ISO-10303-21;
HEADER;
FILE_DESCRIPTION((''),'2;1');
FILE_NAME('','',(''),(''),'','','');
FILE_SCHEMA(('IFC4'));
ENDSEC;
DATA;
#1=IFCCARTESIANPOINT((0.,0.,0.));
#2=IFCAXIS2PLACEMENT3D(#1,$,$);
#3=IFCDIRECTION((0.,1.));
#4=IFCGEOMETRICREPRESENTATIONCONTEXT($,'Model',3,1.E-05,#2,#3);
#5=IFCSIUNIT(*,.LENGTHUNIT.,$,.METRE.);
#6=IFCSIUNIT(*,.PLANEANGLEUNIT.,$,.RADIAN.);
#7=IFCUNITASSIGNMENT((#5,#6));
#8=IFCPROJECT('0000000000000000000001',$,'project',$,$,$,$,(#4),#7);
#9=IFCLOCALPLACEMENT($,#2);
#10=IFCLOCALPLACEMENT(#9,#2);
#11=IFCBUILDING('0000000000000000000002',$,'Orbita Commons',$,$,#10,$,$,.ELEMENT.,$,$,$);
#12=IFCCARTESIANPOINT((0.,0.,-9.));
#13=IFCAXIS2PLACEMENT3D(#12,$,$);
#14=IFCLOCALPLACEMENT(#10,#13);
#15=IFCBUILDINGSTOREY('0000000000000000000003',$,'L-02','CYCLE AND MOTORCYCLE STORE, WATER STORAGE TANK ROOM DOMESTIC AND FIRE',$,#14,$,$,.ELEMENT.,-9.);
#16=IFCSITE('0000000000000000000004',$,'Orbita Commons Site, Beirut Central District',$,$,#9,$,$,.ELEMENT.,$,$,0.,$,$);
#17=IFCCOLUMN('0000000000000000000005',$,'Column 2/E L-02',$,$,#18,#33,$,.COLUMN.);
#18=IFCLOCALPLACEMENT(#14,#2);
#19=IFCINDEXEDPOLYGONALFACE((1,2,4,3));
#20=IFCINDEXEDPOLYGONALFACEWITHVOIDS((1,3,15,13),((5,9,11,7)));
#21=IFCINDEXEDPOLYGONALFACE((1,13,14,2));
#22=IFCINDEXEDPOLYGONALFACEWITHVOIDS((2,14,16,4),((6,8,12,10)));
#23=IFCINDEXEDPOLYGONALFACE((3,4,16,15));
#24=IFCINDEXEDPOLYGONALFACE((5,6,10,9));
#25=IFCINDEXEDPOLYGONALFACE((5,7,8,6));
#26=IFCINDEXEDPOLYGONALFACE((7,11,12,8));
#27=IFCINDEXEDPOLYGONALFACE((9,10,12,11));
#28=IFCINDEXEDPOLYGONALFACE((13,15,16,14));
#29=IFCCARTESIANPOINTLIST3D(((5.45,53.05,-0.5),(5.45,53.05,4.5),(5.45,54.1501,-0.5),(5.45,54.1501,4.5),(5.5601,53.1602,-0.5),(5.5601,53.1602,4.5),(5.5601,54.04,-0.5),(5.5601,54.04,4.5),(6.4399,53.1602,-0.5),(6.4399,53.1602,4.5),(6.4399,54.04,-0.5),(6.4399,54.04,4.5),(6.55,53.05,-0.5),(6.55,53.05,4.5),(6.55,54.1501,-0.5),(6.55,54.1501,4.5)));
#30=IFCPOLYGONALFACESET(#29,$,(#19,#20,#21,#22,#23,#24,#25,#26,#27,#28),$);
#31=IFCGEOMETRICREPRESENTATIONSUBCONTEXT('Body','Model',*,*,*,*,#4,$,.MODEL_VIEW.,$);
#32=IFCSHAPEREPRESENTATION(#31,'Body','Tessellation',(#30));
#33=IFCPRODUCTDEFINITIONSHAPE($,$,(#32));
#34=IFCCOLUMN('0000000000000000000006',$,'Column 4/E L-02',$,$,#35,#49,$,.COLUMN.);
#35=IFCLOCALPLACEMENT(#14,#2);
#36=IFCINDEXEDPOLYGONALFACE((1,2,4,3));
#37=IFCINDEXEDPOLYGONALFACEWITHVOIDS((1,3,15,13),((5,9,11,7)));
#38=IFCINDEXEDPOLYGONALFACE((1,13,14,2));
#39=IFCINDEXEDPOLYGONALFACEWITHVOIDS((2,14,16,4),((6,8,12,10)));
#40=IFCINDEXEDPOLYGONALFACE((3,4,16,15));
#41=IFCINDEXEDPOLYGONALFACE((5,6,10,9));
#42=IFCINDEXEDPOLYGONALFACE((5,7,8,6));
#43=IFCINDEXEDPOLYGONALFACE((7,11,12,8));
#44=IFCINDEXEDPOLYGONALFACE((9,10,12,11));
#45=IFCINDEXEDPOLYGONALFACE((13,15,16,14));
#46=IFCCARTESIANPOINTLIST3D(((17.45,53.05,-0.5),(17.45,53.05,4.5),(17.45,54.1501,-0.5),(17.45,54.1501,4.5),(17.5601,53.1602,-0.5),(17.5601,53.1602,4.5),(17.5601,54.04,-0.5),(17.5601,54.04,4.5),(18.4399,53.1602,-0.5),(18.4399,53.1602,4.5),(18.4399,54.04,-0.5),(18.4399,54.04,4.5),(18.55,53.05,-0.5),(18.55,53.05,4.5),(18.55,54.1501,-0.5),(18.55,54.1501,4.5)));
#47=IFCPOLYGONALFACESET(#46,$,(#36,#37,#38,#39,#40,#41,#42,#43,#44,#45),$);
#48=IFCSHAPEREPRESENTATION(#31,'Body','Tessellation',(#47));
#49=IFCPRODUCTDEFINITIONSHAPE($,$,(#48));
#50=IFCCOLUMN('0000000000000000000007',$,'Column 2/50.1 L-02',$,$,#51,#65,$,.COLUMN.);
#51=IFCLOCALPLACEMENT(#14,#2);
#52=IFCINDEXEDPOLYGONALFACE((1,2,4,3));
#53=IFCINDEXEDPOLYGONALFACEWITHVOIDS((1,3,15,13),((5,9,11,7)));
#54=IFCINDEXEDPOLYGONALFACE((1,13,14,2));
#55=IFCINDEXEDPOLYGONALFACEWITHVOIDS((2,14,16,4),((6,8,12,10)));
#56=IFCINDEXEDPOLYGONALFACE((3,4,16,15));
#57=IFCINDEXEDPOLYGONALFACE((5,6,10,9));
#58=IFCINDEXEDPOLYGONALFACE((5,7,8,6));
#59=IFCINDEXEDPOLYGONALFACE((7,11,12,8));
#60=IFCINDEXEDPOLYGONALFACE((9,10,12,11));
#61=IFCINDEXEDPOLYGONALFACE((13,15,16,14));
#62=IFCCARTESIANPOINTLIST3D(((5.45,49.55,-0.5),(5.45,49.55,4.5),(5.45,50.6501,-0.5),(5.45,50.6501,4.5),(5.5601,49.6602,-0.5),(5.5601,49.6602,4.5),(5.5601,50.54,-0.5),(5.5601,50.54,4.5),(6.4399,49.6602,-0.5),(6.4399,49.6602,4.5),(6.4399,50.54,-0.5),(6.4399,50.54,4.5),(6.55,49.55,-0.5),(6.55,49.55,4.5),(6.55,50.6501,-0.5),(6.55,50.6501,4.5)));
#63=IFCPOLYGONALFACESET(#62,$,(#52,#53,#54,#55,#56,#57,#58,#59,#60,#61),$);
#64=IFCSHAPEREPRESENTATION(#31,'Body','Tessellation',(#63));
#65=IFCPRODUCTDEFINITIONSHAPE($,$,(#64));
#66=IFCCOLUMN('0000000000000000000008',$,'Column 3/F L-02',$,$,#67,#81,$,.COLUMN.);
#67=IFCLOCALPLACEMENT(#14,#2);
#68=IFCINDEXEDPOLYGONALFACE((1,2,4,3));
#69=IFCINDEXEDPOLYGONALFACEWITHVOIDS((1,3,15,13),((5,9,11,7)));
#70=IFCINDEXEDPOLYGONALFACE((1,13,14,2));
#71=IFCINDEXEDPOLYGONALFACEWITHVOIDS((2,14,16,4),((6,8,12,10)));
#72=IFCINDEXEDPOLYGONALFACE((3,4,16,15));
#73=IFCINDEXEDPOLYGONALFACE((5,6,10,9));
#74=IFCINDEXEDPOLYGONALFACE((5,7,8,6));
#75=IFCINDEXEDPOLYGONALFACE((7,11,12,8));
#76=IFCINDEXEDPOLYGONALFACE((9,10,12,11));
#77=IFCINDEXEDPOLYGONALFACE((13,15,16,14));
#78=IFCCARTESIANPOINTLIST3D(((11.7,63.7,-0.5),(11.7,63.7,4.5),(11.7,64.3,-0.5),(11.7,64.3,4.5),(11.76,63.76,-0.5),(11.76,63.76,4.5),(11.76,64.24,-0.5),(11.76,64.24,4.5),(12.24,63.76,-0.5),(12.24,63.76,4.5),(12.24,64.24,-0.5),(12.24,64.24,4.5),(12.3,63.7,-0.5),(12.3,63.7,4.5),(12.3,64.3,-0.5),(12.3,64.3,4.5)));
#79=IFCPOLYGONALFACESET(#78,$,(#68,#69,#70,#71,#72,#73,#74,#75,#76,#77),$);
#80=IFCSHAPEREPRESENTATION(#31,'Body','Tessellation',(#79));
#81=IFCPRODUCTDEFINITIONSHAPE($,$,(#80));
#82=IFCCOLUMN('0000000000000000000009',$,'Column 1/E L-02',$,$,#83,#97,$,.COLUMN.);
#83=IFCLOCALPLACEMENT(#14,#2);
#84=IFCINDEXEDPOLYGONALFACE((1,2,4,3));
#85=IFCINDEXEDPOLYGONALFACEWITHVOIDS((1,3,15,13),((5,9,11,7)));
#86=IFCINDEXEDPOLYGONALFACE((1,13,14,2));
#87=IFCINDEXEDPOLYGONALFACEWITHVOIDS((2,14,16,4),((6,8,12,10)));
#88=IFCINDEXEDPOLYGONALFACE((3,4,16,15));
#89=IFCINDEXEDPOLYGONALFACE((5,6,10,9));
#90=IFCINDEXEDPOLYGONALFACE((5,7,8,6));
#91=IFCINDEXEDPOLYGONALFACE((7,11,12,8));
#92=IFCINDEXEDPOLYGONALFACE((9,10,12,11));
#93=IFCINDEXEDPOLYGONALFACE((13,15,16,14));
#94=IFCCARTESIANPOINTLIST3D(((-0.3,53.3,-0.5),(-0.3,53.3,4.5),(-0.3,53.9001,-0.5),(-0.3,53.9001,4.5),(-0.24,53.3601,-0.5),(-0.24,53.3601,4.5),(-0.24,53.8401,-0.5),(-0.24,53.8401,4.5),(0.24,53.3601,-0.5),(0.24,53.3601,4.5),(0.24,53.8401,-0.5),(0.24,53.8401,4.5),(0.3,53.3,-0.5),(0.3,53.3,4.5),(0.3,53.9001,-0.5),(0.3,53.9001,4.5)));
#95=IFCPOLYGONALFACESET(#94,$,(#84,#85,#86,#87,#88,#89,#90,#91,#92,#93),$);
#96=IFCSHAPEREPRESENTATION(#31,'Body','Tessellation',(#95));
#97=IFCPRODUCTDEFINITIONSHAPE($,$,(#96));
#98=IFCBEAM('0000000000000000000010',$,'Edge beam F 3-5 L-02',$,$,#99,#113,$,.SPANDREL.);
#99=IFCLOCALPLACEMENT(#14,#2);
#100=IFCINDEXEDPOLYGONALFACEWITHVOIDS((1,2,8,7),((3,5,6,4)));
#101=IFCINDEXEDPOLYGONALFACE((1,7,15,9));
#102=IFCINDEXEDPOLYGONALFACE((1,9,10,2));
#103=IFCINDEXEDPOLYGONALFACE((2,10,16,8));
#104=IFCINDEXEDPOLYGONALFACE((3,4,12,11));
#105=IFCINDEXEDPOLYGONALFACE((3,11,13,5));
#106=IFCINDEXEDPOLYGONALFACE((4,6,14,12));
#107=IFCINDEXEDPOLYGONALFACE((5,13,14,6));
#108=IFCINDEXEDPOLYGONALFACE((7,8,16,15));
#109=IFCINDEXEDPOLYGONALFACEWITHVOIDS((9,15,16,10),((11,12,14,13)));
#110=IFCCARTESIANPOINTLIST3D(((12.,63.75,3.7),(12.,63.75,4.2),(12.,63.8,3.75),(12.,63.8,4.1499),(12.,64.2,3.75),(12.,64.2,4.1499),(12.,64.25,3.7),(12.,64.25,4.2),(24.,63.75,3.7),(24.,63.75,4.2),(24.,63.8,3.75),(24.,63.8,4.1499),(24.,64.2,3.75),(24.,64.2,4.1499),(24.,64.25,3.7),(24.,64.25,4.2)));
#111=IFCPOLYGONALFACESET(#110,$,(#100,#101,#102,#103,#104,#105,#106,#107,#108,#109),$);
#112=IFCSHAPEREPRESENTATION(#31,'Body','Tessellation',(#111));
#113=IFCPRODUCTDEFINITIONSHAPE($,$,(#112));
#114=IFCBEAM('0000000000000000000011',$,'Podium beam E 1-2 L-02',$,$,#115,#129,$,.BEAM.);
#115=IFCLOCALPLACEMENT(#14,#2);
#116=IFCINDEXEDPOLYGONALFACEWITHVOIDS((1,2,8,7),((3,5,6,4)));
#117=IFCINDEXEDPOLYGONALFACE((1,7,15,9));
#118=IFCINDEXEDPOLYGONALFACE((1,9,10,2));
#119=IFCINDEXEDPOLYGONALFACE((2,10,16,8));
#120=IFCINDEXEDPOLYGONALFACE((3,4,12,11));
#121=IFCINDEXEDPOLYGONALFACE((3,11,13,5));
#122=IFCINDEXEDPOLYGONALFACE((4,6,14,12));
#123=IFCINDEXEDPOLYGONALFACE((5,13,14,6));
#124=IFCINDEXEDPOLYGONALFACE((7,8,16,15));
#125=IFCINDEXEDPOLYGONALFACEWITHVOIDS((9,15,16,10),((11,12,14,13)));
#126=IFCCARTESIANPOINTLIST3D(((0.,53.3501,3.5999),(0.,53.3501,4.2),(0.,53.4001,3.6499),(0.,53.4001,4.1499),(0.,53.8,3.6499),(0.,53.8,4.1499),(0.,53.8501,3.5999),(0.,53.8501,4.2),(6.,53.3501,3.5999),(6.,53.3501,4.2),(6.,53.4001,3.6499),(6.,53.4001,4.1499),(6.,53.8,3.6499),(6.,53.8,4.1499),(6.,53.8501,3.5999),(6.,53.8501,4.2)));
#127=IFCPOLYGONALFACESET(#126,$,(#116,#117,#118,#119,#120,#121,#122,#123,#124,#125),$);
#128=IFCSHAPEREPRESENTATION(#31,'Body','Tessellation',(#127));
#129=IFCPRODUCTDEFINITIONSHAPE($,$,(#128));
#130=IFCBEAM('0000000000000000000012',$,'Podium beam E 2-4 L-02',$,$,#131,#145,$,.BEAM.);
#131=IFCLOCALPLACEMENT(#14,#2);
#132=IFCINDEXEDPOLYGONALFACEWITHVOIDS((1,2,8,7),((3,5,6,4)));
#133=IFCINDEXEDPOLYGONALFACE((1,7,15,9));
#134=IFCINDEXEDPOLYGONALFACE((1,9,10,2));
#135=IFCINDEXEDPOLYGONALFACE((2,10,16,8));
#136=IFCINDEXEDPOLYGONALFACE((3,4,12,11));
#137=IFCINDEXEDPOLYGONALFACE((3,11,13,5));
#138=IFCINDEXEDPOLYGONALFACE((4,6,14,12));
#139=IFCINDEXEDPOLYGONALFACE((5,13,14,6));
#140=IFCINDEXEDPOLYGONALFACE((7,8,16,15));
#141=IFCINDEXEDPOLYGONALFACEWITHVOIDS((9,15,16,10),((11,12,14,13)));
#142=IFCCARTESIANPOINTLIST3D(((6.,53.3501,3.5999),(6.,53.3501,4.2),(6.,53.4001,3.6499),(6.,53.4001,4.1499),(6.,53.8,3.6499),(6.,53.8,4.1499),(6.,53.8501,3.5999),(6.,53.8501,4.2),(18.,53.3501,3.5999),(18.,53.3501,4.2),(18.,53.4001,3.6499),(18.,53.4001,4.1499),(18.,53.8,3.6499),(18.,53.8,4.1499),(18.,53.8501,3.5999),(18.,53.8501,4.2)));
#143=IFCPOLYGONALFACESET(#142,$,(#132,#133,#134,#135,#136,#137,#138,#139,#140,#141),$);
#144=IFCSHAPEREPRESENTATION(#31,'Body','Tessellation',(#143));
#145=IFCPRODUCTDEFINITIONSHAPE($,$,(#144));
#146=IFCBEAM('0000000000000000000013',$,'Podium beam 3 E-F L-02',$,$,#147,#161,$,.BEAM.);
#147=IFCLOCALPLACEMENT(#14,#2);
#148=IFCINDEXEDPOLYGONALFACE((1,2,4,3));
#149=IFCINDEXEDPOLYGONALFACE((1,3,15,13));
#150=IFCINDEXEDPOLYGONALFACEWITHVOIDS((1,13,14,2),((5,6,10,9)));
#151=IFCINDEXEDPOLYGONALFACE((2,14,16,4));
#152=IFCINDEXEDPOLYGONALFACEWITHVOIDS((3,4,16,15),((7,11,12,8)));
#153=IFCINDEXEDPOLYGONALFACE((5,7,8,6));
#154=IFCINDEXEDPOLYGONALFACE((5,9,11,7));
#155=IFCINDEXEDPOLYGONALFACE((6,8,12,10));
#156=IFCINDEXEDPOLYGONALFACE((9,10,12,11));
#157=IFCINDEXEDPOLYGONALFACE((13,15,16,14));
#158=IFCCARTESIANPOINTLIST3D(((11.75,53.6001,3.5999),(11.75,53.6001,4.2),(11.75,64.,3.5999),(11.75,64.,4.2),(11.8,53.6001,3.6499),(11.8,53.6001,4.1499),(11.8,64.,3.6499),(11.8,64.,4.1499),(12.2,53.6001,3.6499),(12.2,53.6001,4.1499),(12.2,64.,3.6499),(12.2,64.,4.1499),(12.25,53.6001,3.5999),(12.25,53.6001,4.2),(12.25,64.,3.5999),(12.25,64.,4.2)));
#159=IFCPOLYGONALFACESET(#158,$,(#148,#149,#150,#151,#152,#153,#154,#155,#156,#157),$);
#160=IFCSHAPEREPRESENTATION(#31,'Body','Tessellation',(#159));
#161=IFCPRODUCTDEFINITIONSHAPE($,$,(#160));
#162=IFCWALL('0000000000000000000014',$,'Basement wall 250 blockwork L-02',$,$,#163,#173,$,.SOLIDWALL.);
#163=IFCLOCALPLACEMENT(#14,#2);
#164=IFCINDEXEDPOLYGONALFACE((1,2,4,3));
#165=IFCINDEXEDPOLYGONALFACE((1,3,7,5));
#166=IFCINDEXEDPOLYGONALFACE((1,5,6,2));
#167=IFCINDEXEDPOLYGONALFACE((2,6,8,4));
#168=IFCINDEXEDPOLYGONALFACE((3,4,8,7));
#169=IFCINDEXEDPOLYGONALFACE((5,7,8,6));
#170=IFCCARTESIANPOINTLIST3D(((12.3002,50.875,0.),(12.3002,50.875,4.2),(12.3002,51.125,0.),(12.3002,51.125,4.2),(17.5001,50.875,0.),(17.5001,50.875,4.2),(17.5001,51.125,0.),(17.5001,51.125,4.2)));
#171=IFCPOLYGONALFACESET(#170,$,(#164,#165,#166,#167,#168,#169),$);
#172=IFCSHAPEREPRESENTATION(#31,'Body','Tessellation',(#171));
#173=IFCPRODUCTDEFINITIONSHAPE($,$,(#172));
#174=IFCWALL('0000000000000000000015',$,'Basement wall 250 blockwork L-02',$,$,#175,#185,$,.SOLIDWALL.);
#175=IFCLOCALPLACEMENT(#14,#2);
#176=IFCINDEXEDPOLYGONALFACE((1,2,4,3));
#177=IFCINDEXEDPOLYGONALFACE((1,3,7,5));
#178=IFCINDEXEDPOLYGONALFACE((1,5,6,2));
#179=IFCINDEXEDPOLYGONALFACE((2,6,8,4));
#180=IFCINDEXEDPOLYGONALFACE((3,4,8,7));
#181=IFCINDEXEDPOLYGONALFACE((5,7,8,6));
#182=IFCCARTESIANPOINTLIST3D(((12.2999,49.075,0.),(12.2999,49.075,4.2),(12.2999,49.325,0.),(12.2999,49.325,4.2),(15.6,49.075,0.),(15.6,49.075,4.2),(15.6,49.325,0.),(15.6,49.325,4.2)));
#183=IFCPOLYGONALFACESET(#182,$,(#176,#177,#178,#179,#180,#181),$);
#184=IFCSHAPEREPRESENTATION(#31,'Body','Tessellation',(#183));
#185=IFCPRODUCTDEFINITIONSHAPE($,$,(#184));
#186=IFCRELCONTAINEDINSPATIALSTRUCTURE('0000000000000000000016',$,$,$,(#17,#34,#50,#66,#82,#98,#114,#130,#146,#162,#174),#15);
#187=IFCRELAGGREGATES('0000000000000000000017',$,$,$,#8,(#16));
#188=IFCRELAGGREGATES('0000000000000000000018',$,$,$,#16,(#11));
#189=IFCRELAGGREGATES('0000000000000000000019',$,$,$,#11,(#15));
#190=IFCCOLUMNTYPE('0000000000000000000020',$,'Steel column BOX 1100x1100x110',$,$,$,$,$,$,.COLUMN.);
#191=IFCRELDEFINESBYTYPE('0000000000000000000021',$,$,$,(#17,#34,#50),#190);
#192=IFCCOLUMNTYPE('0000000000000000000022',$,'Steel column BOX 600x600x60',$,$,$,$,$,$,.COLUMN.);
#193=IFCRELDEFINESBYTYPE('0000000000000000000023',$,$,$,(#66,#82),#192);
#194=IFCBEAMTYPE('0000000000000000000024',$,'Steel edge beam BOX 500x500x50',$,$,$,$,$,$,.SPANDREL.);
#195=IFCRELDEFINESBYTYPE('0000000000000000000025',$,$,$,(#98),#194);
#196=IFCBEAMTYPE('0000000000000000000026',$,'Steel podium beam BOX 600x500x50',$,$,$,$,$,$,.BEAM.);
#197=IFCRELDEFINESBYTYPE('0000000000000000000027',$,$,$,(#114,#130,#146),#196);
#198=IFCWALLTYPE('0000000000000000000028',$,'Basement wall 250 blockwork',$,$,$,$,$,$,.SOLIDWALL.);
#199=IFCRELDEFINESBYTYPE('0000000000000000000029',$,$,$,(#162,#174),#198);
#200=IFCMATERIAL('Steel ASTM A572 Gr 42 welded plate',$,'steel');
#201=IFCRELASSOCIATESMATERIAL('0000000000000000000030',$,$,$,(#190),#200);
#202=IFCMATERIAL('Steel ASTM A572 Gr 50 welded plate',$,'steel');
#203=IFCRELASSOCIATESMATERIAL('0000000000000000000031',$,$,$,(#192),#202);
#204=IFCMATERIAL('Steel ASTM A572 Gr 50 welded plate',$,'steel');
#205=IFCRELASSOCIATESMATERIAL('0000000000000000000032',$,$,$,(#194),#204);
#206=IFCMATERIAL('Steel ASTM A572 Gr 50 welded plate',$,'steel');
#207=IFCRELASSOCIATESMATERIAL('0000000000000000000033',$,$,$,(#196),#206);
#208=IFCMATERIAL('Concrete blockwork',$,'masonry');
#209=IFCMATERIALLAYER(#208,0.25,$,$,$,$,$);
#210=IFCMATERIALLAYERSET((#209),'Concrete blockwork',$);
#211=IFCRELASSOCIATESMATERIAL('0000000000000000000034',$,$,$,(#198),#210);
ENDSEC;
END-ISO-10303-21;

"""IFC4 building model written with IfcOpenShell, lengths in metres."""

from ifc_helpers import new_model, si_unit, direction, frame, frame_2d, origin, origin_2d, place, context, subcontext, project, spatial, rectangle, hollow_rectangle, extrude, material, layer, layer_set, material_profile, profile_set, type_object, element, save


model = new_model("IFC4")

# Units and contexts
model_context = context("Model", 3, precision=1e-05, world=origin(), true_north=direction((0.0, 1.0)))
body_context = subcontext(model_context, "Body", "Model", "MODEL_VIEW")
ifc_project = project(units=[si_unit("LENGTHUNIT", "METRE"), si_unit("PLANEANGLEUNIT", "RADIAN")], contexts=[model_context])

# Site, building, storey
site_placement = place(None, origin())
site = spatial("IfcSite", under=ifc_project, at=site_placement, Name="Orbita Commons Site, Beirut Central District", CompositionType="ELEMENT", RefElevation=0.0)
building_placement = place(site_placement, origin())
building = spatial("IfcBuilding", under=site, at=building_placement, Name="Orbita Commons", CompositionType="ELEMENT")
storey_placement = place(building_placement, frame((0.0, 0.0, -9.0)))
storey = spatial("IfcBuildingStorey", under=building, at=storey_placement, Name="L-02", Description="CYCLE AND MOTORCYCLE STORE, WATER STORAGE TANK ROOM DOMESTIC AND FIRE", CompositionType="ELEMENT", Elevation=-9.0)

# Columns
ifc_material_1 = material(Name="Steel ASTM A572 Gr 42 welded plate", Category="steel")
ifc_material_profile_1 = material_profile(ifc_material_1, hollow_rectangle(XDim=1.1001, YDim=1.1001, WallThickness=0.1101, at=origin_2d()), Name="BOX 1100x1100x110")
ifc_profile_set_1 = profile_set([ifc_material_profile_1], Name="Steel ASTM A572 Gr 42 welded plate")
column_type_1 = type_object("IfcColumnType", Name="Steel column BOX 1100x1100x110", PredefinedType="COLUMN", material=ifc_profile_set_1)
for number, where, z_axis, x_axis, name in (
    (1, (6.0, 53.6001, -0.5), (0.0, 0.0, 1.0), (1.0, 0.0, 0.0), "Column 2/E L-02"),
    (2, (18.0, 53.6001, -0.5), (0.0, 0.0, 1.0), (1.0, 0.0, 0.0), "Column 4/E L-02"),
    (3, (6.0, 50.1001, -0.5), (0.0, 0.0, 1.0), (1.0, 0.0, 0.0), "Column 2/50.1 L-02"),
):
    element("IfcColumn", number, at=place(storey_placement, frame(where, z_axis=z_axis, x_axis=x_axis)), inside=storey, type_object=column_type_1, Name=name, PredefinedType="COLUMN", context=body_context, shape_type="SweptSolid", body=[
        extrude(hollow_rectangle(XDim=1.1001, YDim=1.1001, WallThickness=0.1101, at=origin_2d()), origin(), (0.0, 0.0, 1.0), 5.0),
    ])
ifc_material_2 = material(Name="Steel ASTM A572 Gr 50 welded plate", Category="steel")
ifc_material_profile_2 = material_profile(ifc_material_2, hollow_rectangle(XDim=0.6001, YDim=0.6001, WallThickness=0.0601, at=origin_2d()), Name="BOX 600x600x60")
ifc_profile_set_2 = profile_set([ifc_material_profile_2], Name="Steel ASTM A572 Gr 50 welded plate")
column_type_2 = type_object("IfcColumnType", Name="Steel column BOX 600x600x60", PredefinedType="COLUMN", material=ifc_profile_set_2)
for number, where, z_axis, x_axis, name in (
    (4, (12.0, 64.0, -0.5), (0.0, 0.0, 1.0), (1.0, 0.0, 0.0), "Column 3/F L-02"),
    (5, (0.0, 53.6001, -0.5), (0.0, 0.0, 1.0), (1.0, 0.0, 0.0), "Column 1/E L-02"),
):
    element("IfcColumn", number, at=place(storey_placement, frame(where, z_axis=z_axis, x_axis=x_axis)), inside=storey, type_object=column_type_2, Name=name, PredefinedType="COLUMN", context=body_context, shape_type="SweptSolid", body=[
        extrude(hollow_rectangle(XDim=0.6001, YDim=0.6001, WallThickness=0.0601, at=origin_2d()), origin(), (0.0, 0.0, 1.0), 5.0),
    ])

# Beams
ifc_material_3 = material(Name="Steel ASTM A572 Gr 50 welded plate", Category="steel")
ifc_material_profile_3 = material_profile(ifc_material_3, hollow_rectangle(XDim=0.5, YDim=0.5, WallThickness=0.05, at=origin_2d()), Name="BOX 500x500x50")
ifc_profile_set_3 = profile_set([ifc_material_profile_3], Name="Steel ASTM A572 Gr 50 welded plate")
beam_type_1 = type_object("IfcBeamType", Name="Steel edge beam BOX 500x500x50", PredefinedType="SPANDREL", material=ifc_profile_set_3)
beam_1_placement = place(storey_placement, frame((12.0, 64.0, 3.95), z_axis=(1.0, 0.0, 0.0), x_axis=(0.0, 1.0, 0.0)))
element("IfcBeam", 6, at=beam_1_placement, inside=storey, type_object=beam_type_1, Name="Edge beam F 3-5 L-02", PredefinedType="SPANDREL", context=body_context, shape_type="SweptSolid", body=[
    extrude(hollow_rectangle(XDim=0.5, YDim=0.5, WallThickness=0.05, at=origin_2d()), origin(), (0.0, 0.0, 1.0), 12.0),
])
ifc_material_4 = material(Name="Steel ASTM A572 Gr 50 welded plate", Category="steel")
ifc_material_profile_4 = material_profile(ifc_material_4, hollow_rectangle(XDim=0.5, YDim=0.6001, WallThickness=0.05, at=origin_2d()), Name="BOX 600x500x50")
ifc_profile_set_4 = profile_set([ifc_material_profile_4], Name="Steel ASTM A572 Gr 50 welded plate")
beam_type_2 = type_object("IfcBeamType", Name="Steel podium beam BOX 600x500x50", PredefinedType="BEAM", material=ifc_profile_set_4)
beam_2_placement = place(storey_placement, frame((0.0, 53.6001, 3.8999), z_axis=(1.0, 0.0, 0.0), x_axis=(0.0, 1.0, 0.0)))
element("IfcBeam", 7, at=beam_2_placement, inside=storey, type_object=beam_type_2, Name="Podium beam E 1-2 L-02", PredefinedType="BEAM", context=body_context, shape_type="SweptSolid", body=[
    extrude(hollow_rectangle(XDim=0.5, YDim=0.6001, WallThickness=0.05, at=origin_2d()), origin(), (0.0, 0.0, 1.0), 6.0),
])
beam_3_placement = place(storey_placement, frame((6.0, 53.6001, 3.8999), z_axis=(1.0, 0.0, 0.0), x_axis=(0.0, 1.0, 0.0)))
element("IfcBeam", 8, at=beam_3_placement, inside=storey, type_object=beam_type_2, Name="Podium beam E 2-4 L-02", PredefinedType="BEAM", context=body_context, shape_type="SweptSolid", body=[
    extrude(hollow_rectangle(XDim=0.5, YDim=0.6001, WallThickness=0.05, at=origin_2d()), origin(), (0.0, 0.0, 1.0), 12.0),
])
beam_4_placement = place(storey_placement, frame((12.0, 53.6001, 3.8999), z_axis=(0.0, 1.0, 0.0), x_axis=(-1.0, 0.0, 0.0)))
element("IfcBeam", 9, at=beam_4_placement, inside=storey, type_object=beam_type_2, Name="Podium beam 3 E-F L-02", PredefinedType="BEAM", context=body_context, shape_type="SweptSolid", body=[
    extrude(hollow_rectangle(XDim=0.5, YDim=0.6001, WallThickness=0.05, at=origin_2d()), origin(), (0.0, 0.0, 1.0), 10.3999),
])

# Walls
ifc_material_5 = material(Name="Concrete blockwork", Category="masonry")
ifc_layer_1 = layer(ifc_material_5, 0.25)
ifc_layer_set_1 = layer_set([ifc_layer_1], Name="Concrete blockwork")
wall_type_1 = type_object("IfcWallType", Name="Basement wall 250 blockwork", PredefinedType="SOLIDWALL", material=ifc_layer_set_1)
wall_1_placement = place(storey_placement, frame((12.3, 51.0, 0.0), z_axis=(0.0, 0.0, 1.0), x_axis=(1.0, 0.0, 0.0)))
element("IfcWall", 10, at=wall_1_placement, inside=storey, type_object=wall_type_1, Name="Basement wall 250 blockwork L-02", PredefinedType="SOLIDWALL", context=body_context, shape_type="SweptSolid", body=[
    extrude(rectangle(XDim=5.2, YDim=0.25, at=frame_2d((2.6001, 0.0))), origin(), (0.0, 0.0, 1.0), 4.2),
])
wall_2_placement = place(storey_placement, frame((12.3, 49.2, 0.0), z_axis=(0.0, 0.0, 1.0), x_axis=(1.0, 0.0, 0.0)))
element("IfcWall", 11, at=wall_2_placement, inside=storey, type_object=wall_type_1, Name="Basement wall 250 blockwork L-02", PredefinedType="SOLIDWALL", context=body_context, shape_type="SweptSolid", body=[
    extrude(rectangle(XDim=3.3, YDim=0.25, at=frame_2d((1.6499, 0.0))), origin(), (0.0, 0.0, 1.0), 4.2),
])

save(model, "model.ifc")
